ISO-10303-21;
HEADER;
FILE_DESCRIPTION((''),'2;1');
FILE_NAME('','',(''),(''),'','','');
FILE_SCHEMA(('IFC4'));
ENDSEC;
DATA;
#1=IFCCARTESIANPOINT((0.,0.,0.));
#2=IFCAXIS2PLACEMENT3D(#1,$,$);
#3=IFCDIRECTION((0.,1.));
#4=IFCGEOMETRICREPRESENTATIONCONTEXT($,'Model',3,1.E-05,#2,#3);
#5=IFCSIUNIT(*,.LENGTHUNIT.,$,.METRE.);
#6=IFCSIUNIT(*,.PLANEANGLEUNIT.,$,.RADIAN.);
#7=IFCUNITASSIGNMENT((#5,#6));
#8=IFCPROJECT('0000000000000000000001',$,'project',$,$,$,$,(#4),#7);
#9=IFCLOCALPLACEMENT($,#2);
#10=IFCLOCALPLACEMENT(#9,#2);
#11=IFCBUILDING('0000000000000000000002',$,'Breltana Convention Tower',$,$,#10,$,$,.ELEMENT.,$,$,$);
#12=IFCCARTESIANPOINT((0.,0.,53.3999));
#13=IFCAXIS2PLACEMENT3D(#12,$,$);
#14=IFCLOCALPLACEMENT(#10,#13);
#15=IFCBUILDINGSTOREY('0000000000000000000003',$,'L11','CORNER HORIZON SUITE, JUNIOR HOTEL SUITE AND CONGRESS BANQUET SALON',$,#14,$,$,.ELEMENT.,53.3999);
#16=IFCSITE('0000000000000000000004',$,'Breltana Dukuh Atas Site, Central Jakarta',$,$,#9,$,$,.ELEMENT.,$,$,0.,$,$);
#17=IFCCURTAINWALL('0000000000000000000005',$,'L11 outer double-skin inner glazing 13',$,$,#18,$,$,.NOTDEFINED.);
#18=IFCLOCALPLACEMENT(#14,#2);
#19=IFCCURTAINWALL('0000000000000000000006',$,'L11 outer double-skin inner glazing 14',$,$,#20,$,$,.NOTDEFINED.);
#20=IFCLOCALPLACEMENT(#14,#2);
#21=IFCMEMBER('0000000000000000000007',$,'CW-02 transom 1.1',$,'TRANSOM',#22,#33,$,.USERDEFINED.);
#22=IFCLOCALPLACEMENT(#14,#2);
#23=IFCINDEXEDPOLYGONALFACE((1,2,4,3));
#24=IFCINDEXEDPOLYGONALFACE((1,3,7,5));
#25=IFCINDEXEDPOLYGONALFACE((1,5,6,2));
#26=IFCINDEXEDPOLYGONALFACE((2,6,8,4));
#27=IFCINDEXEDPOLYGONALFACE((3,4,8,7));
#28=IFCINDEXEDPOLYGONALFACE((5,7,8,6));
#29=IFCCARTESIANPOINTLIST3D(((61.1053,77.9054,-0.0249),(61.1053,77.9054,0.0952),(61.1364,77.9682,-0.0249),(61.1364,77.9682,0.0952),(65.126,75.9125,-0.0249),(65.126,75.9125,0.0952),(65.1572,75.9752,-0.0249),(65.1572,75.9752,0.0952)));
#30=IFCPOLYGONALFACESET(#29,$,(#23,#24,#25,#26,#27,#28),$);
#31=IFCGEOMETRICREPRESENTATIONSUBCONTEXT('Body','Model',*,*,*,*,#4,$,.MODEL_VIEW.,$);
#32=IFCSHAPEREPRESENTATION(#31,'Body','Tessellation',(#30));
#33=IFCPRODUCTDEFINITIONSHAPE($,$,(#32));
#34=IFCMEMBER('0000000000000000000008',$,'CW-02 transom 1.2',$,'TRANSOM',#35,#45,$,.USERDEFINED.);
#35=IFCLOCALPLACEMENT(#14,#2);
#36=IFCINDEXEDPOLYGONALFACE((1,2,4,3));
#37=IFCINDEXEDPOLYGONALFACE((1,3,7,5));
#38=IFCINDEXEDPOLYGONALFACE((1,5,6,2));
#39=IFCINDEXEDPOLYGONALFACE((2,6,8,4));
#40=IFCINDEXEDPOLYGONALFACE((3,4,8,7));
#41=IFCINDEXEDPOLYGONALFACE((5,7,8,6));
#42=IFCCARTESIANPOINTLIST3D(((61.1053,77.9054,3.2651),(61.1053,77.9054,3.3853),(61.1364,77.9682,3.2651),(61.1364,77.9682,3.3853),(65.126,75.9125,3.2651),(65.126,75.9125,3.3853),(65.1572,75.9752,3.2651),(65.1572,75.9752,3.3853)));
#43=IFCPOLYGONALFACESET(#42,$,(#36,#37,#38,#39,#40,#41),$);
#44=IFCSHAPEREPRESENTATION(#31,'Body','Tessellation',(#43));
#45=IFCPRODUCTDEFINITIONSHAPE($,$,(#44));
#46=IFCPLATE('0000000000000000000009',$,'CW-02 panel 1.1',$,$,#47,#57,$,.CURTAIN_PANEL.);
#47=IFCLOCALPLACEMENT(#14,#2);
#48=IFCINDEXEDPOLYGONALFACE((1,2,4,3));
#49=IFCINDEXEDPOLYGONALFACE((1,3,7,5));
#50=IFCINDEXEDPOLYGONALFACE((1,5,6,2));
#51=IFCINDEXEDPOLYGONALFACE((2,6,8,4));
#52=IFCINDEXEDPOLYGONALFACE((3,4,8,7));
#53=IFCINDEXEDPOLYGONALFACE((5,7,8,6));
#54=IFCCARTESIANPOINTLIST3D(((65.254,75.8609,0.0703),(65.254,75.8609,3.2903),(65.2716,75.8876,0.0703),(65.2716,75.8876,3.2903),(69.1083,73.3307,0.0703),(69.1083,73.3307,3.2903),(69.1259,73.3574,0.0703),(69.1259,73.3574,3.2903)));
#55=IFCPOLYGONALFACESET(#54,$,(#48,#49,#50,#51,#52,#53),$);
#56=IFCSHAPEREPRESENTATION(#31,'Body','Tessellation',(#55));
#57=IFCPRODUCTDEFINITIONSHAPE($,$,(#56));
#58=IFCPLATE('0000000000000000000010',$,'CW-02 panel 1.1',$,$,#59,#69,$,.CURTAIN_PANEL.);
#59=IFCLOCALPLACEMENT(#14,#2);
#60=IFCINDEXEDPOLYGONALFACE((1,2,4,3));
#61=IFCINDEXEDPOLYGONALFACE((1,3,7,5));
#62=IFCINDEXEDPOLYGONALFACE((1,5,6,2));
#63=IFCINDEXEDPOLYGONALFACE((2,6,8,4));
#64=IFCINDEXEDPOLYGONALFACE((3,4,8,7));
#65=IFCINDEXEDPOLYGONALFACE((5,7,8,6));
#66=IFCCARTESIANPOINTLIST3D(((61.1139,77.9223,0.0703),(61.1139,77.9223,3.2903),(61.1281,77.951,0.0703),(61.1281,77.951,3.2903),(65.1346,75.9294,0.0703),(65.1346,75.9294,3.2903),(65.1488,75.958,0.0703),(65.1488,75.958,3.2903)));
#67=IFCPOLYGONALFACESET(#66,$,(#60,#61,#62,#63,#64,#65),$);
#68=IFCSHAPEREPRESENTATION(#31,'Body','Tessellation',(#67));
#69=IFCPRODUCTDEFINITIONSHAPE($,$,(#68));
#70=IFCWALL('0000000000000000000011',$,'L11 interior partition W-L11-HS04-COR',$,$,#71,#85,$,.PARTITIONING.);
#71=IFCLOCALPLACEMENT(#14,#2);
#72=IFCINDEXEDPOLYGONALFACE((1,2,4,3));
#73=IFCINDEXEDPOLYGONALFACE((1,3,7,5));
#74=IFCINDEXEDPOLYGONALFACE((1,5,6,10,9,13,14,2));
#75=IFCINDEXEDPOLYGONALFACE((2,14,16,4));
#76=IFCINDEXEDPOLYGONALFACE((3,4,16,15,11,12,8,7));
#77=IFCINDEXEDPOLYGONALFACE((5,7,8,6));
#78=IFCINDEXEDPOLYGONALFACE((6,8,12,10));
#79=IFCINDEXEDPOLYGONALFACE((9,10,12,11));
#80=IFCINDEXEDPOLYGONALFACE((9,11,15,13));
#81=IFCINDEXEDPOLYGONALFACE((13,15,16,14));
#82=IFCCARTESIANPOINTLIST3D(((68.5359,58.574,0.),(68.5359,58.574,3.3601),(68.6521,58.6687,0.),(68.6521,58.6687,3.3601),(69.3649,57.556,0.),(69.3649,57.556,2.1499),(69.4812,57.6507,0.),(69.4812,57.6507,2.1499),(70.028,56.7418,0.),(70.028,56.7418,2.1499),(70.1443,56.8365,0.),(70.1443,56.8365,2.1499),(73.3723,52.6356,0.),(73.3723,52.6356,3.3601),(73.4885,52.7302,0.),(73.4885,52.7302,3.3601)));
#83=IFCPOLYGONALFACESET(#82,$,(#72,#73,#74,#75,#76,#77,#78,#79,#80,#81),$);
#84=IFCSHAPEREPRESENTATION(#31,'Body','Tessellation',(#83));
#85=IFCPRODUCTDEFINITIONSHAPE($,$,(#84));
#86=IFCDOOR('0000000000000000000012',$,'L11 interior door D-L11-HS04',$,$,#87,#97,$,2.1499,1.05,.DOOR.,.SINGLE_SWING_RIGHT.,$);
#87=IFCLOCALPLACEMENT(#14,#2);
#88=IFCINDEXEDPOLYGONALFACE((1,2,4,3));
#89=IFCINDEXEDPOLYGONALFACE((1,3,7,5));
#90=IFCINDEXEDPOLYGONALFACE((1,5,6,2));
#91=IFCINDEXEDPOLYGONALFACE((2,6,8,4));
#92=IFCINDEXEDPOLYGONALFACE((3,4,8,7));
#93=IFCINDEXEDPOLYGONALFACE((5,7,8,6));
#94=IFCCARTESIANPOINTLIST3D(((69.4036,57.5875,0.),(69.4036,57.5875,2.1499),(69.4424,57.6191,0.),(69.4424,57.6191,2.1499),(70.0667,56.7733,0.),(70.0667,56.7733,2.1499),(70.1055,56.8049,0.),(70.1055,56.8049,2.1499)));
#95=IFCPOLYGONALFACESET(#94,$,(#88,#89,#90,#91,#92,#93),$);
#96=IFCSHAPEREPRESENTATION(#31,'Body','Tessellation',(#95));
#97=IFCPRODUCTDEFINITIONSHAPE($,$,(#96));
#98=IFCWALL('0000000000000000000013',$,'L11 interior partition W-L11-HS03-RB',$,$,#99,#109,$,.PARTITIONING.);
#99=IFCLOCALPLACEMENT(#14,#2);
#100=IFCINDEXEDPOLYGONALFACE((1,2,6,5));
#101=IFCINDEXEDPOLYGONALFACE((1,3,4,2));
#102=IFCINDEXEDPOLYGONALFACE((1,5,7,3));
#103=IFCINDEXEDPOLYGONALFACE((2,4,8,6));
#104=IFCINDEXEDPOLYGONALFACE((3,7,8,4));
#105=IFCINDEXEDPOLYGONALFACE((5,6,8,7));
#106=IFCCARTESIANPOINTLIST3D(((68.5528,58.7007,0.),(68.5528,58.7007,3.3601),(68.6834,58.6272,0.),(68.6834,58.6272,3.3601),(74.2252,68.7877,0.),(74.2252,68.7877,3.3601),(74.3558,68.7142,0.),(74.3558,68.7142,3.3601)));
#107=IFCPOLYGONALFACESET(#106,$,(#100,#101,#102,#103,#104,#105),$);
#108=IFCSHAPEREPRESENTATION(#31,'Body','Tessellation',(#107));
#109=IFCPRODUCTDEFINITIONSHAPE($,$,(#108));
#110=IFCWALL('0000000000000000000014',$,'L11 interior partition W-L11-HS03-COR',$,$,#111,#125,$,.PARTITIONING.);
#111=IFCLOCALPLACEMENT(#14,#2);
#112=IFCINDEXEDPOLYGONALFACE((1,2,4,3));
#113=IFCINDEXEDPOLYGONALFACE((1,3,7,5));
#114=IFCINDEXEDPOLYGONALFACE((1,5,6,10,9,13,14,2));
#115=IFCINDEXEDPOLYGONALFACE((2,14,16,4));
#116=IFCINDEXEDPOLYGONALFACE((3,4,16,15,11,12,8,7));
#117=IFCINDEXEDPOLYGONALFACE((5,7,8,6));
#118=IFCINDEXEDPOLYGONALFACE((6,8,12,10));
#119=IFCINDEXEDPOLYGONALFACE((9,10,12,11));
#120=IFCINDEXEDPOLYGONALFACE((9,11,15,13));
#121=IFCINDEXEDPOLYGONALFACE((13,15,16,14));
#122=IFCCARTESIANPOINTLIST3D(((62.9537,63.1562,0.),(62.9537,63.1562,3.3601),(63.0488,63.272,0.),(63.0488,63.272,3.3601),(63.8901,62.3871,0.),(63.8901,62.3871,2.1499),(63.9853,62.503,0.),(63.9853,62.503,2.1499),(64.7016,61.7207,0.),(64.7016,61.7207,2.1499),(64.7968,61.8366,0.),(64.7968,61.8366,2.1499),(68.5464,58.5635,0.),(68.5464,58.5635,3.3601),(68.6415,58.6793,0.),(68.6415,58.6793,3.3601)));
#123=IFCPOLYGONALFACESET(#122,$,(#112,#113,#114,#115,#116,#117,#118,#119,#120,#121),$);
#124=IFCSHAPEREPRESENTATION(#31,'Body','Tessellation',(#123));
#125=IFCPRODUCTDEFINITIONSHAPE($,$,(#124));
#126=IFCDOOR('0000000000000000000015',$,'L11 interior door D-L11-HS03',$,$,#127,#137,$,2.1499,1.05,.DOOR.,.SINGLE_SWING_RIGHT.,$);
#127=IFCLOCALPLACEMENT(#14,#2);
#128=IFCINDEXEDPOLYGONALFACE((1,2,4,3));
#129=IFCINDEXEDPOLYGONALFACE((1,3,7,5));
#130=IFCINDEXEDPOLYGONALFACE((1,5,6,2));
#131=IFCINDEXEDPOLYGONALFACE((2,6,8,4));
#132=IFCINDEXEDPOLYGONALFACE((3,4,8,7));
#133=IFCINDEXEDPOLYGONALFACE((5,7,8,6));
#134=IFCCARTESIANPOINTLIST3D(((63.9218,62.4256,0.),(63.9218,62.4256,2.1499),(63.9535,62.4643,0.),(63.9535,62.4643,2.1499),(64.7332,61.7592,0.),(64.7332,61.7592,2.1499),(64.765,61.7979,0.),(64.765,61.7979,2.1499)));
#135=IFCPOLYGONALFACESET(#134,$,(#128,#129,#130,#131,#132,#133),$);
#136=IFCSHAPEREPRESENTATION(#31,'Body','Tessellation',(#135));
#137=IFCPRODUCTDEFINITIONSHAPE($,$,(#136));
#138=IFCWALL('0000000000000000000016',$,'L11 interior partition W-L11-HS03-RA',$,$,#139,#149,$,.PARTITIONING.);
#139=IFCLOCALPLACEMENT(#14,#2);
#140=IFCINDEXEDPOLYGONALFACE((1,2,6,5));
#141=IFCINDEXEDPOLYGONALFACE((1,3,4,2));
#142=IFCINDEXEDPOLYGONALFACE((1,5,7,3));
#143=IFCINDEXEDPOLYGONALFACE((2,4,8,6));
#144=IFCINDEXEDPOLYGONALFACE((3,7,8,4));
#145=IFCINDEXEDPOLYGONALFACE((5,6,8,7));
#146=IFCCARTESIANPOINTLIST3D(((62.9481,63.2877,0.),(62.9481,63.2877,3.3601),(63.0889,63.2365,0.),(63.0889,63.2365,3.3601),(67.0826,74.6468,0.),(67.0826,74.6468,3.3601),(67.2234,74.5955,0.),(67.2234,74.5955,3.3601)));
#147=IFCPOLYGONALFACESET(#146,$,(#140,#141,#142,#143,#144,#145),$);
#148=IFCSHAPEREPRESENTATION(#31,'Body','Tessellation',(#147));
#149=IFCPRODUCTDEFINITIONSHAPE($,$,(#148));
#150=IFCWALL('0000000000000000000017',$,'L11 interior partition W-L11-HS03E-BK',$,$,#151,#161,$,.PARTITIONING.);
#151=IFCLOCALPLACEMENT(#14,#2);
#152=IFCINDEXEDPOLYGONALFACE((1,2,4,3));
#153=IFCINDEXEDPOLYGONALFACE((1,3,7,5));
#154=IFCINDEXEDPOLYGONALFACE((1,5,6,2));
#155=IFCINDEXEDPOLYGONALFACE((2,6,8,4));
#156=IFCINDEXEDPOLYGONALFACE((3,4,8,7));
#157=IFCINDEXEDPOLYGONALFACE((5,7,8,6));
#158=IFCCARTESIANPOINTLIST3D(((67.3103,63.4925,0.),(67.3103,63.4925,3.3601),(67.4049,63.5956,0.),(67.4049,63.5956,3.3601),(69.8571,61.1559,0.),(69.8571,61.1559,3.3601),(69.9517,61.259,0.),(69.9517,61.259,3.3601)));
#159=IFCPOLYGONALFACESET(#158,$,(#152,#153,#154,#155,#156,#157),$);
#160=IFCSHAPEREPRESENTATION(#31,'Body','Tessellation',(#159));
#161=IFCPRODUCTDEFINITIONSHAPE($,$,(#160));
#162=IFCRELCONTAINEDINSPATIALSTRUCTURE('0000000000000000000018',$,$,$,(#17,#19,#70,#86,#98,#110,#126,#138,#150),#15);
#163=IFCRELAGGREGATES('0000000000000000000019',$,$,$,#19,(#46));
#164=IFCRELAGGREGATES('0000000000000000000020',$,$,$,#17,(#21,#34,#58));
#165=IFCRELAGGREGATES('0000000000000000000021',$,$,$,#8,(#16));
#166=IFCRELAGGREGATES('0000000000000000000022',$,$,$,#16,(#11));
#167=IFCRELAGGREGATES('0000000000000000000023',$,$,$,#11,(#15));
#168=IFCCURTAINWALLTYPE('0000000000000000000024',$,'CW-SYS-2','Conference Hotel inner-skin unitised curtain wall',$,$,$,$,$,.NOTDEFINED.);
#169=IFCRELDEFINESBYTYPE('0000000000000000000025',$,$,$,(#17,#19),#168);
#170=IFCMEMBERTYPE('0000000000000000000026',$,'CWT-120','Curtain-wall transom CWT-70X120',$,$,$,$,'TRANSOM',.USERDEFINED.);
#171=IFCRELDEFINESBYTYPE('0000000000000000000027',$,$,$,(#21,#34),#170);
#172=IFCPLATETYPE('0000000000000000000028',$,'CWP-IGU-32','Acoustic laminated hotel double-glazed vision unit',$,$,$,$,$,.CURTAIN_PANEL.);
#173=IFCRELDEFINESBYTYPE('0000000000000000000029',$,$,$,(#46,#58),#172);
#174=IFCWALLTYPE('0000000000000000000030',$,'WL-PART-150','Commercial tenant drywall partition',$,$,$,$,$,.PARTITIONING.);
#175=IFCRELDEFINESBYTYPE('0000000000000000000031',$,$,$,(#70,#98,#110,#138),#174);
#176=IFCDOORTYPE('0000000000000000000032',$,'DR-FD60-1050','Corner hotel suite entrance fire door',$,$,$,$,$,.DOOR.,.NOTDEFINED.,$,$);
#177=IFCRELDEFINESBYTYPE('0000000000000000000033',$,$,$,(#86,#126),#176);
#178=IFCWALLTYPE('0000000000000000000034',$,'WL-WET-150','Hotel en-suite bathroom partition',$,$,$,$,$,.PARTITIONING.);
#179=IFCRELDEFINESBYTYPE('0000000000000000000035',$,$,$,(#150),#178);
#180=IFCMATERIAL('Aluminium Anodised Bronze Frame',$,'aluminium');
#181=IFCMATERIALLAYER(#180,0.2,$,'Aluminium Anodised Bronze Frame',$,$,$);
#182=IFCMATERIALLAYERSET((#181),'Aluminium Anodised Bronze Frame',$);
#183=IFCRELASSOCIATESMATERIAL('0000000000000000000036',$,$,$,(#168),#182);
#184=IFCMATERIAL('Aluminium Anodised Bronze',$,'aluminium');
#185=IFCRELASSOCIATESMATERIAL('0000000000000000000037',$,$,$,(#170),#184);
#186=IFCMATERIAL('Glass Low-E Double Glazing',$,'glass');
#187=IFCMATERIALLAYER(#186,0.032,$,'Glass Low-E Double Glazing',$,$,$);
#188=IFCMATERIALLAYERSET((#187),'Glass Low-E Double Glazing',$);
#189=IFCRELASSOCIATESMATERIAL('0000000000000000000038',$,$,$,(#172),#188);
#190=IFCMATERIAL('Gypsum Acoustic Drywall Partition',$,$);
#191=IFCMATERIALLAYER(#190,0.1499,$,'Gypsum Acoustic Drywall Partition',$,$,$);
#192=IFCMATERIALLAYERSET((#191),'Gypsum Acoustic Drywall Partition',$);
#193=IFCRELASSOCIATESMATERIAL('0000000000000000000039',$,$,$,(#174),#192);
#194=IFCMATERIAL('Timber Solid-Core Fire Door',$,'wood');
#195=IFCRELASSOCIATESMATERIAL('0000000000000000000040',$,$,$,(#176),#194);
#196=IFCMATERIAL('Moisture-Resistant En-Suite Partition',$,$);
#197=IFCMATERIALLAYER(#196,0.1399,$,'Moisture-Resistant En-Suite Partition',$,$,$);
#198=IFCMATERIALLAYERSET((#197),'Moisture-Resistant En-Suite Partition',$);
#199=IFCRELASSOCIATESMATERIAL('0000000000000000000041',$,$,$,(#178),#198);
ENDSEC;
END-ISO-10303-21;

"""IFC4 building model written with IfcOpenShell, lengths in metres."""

from ifc_helpers import new_model, si_unit, direction, frame, frame_2d, origin, origin_2d, place, context, subcontext, project, spatial, rectangle, extrude, source, transform, mapped, material, layer, layer_set, material_profile, profile_set, type_object, type_shapes, element, fill, aggregate, save


model = new_model("IFC4")

# Units and contexts
model_context = context("Model", 3, precision=1e-05, world=origin(), true_north=direction((0.0, 1.0)))
body_context = subcontext(model_context, "Body", "Model", "MODEL_VIEW")
ifc_project = project(units=[si_unit("LENGTHUNIT", "METRE"), si_unit("PLANEANGLEUNIT", "RADIAN")], contexts=[model_context])

# Site, building, storey
site_placement = place(None, origin())
site = spatial("IfcSite", under=ifc_project, at=site_placement, Name="Breltana Dukuh Atas Site, Central Jakarta", CompositionType="ELEMENT", RefElevation=0.0)
building_placement = place(site_placement, origin())
building = spatial("IfcBuilding", under=site, at=building_placement, Name="Breltana Convention Tower", CompositionType="ELEMENT")
storey_placement = place(building_placement, frame((0.0, 0.0, 53.3999)))
storey = spatial("IfcBuildingStorey", under=building, at=storey_placement, Name="L11", Description="CORNER HORIZON SUITE, JUNIOR HOTEL SUITE AND CONGRESS BANQUET SALON", CompositionType="ELEMENT", Elevation=53.3999)

# Curtain wall
ifc_material_1 = material(Name="Aluminium Anodised Bronze Frame", Category="aluminium")
ifc_layer_1 = layer(ifc_material_1, 0.2, Name="Aluminium Anodised Bronze Frame")
ifc_layer_set_1 = layer_set([ifc_layer_1], Name="Aluminium Anodised Bronze Frame")
curtain_wall_type = type_object("IfcCurtainWallType", Name="CW-SYS-2", Description="Conference Hotel inner-skin unitised curtain wall", PredefinedType="NOTDEFINED", material=ifc_layer_set_1)
curtain_wall_1_placement = place(storey_placement, origin())
curtain_wall_1 = element("IfcCurtainWall", 1, at=curtain_wall_1_placement, inside=storey, type_object=curtain_wall_type, Name="L11 outer double-skin inner glazing 13", PredefinedType="NOTDEFINED")
ifc_material_2 = material(Name="Aluminium Anodised Bronze", Category="aluminium")

# Curtain wall
curtain_wall_2_placement = place(storey_placement, origin())
curtain_wall_2 = element("IfcCurtainWall", 2, at=curtain_wall_2_placement, inside=storey, type_object=curtain_wall_type, Name="L11 outer double-skin inner glazing 14", PredefinedType="NOTDEFINED")
ifc_material_profile_1 = material_profile(ifc_material_2, rectangle(XDim=0.0701, YDim=0.1201, at=origin_2d()), Name="CWT-70X120")
ifc_profile_set_1 = profile_set([ifc_material_profile_1], Name="Aluminium Anodised Bronze")
member_type_1 = type_object("IfcMemberType", Name="CWT-120", Description="Curtain-wall transom CWT-70X120", ElementType="TRANSOM", PredefinedType="USERDEFINED", material=ifc_profile_set_1)

# Members
shared_shape_1 = source(origin(), body_context, "Body", "SweptSolid", [
    extrude(rectangle(XDim=0.0701, YDim=0.1201, at=origin_2d()), origin(), (0.0, 0.0, 1.0), 4.4875),
])
member_1_placement = place(storey_placement, frame((61.1208, 77.9368, 0.0352), z_axis=(0.895978, -0.444099, 0.0), x_axis=(0.444099, 0.895978, 0.0)))
member_1 = element("IfcMember", 3, at=member_1_placement, type_object=member_type_1, Name="CW-02 transom 1.1", ObjectType="TRANSOM", PredefinedType="USERDEFINED", context=body_context, shape_type="MappedRepresentation", body=[
    mapped(shared_shape_1, transform((0.0, 0.0, 0.0), scale=1.0)),
])
member_2_placement = place(storey_placement, frame((61.1208, 77.9368, 3.3252), z_axis=(0.895978, -0.444099, 0.0), x_axis=(0.444099, 0.895978, 0.0)))
member_2 = element("IfcMember", 4, at=member_2_placement, type_object=member_type_1, Name="CW-02 transom 1.2", ObjectType="TRANSOM", PredefinedType="USERDEFINED", context=body_context, shape_type="MappedRepresentation", body=[
    mapped(shared_shape_1, transform((0.0, 0.0, 0.0), scale=1.0)),
])

# Plates
ifc_material_3 = material(Name="Glass Low-E Double Glazing", Category="glass")
ifc_layer_2 = layer(ifc_material_3, 0.032, Name="Glass Low-E Double Glazing")
ifc_layer_set_2 = layer_set([ifc_layer_2], Name="Glass Low-E Double Glazing")
plate_type = type_object("IfcPlateType", Name="CWP-IGU-32", Description="Acoustic laminated hotel double-glazed vision unit", PredefinedType="CURTAIN_PANEL", material=ifc_layer_set_2)
shared_shape_2 = source(origin(), body_context, "Body", "SweptSolid", [
    extrude(rectangle(XDim=4.6106, YDim=0.032, at=origin_2d()), origin(), (0.0, 0.0, 1.0), 3.22),
])
plate_1_placement = place(storey_placement, frame((67.1899, 74.6091, 0.0703), z_axis=(0.0, 0.0, 1.0), x_axis=(0.835964, -0.548784, 0.0)))
plate_1 = element("IfcPlate", 5, at=plate_1_placement, type_object=plate_type, Name="CW-02 panel 1.1", PredefinedType="CURTAIN_PANEL", context=body_context, shape_type="MappedRepresentation", body=[
    mapped(shared_shape_2, transform((0.0, 0.0, 0.0), scale=1.0)),
])
aggregate(curtain_wall_2, [plate_1])
shared_shape_3 = source(origin(), body_context, "Body", "SweptSolid", [
    extrude(rectangle(XDim=4.4875, YDim=0.032, at=origin_2d()), origin(), (0.0, 0.0, 1.0), 3.22),
])
plate_2_placement = place(storey_placement, frame((63.1313, 76.9402, 0.0703), z_axis=(0.0, 0.0, 1.0), x_axis=(0.895973, -0.444108, 0.0)))
plate_2 = element("IfcPlate", 6, at=plate_2_placement, type_object=plate_type, Name="CW-02 panel 1.1", PredefinedType="CURTAIN_PANEL", context=body_context, shape_type="MappedRepresentation", body=[
    mapped(shared_shape_3, transform((0.0, 0.0, 0.0), scale=1.0)),
])
aggregate(curtain_wall_1, [member_1, member_2, plate_2])

# Wall, opening, door
ifc_material_4 = material(Name="Gypsum Acoustic Drywall Partition")
ifc_layer_3 = layer(ifc_material_4, 0.1499, Name="Gypsum Acoustic Drywall Partition")
ifc_layer_set_3 = layer_set([ifc_layer_3], Name="Gypsum Acoustic Drywall Partition")
wall_type_1 = type_object("IfcWallType", Name="WL-PART-150", Description="Commercial tenant drywall partition", PredefinedType="PARTITIONING", material=ifc_layer_set_3)
shared_shape_4 = source(origin(), body_context, "Body", "SweptSolid", [
    extrude(rectangle(XDim=7.6587, YDim=0.1499, at=frame_2d((3.8293, 0.0))), origin(), (0.0, 0.0, 1.0), 3.3601),
])
wall_1_placement = place(storey_placement, frame((68.594, 58.6213, 0.0), z_axis=(0.0, 0.0, 1.0), x_axis=(0.63149, -0.775384, 0.0)))
wall_1 = element("IfcWall", 7, at=wall_1_placement, inside=storey, type_object=wall_type_1, Name="L11 interior partition W-L11-HS04-COR", PredefinedType="PARTITIONING", context=body_context, shape_type="MappedRepresentation", body=[
    mapped(shared_shape_4, transform((0.0, 0.0, 0.0), scale=1.0)),
])
opening_1_placement = place(wall_1_placement, frame((1.313, 0.0, 0.0)))
opening_1 = element("IfcOpeningElement", 8, at=opening_1_placement, cuts=wall_1, PredefinedType="OPENING", context=body_context, shape_type="SweptSolid", body=[
    extrude(rectangle(XDim=1.05, YDim=2.1499, at=frame_2d((0.5249, 1.075))), frame((0.0, 0.085, 0.0), z_axis=(0.0, -1.0, 0.0), x_axis=(1.0, 0.0, 0.0)), (0.0, 0.0, 1.0), 0.1699),
])
ifc_material_5 = material(Name="Timber Solid-Core Fire Door", Category="wood")
door_type_1 = type_object("IfcDoorType", Name="DR-FD60-1050", Description="Corner hotel suite entrance fire door", OperationType="NOTDEFINED", PredefinedType="DOOR", material=ifc_material_5)
shared_shape_5 = source(origin(), body_context, "Body", "SweptSolid", [
    extrude(rectangle(XDim=1.05, YDim=2.1499, at=frame_2d((0.5249, 1.075))), frame((0.0, 0.0249, 0.0), z_axis=(0.0, -1.0, 0.0), x_axis=(1.0, 0.0, 0.0)), (0.0, 0.0, 1.0), 0.05),
])
type_shapes(door_type_1, [shared_shape_5])
door_1_placement = place(opening_1_placement, origin())
door_1 = element("IfcDoor", 9, at=door_1_placement, inside=storey, type_object=door_type_1, Name="L11 interior door D-L11-HS04", OperationType="SINGLE_SWING_RIGHT", OverallHeight=2.1499, OverallWidth=1.05, PredefinedType="DOOR", context=body_context, shape_type="MappedRepresentation", body=[
    mapped(shared_shape_5, transform((0.0, 0.0, 0.0), scale=1.0)),
])
fill(opening_1, door_1)

# Wall
shared_shape_6 = source(origin(), body_context, "Body", "SweptSolid", [
    extrude(rectangle(XDim=11.5725, YDim=0.1499, at=frame_2d((5.7861, 0.0))), origin(), (0.0, 0.0, 1.0), 3.3601),
])
wall_2_placement = place(storey_placement, frame((68.6182, 58.6641, 0.0), z_axis=(0.0, 0.0, 1.0), x_axis=(0.490161, 0.871632, 0.0)))
element("IfcWall", 10, at=wall_2_placement, inside=storey, type_object=wall_type_1, Name="L11 interior partition W-L11-HS03-RB", PredefinedType="PARTITIONING", context=body_context, shape_type="MappedRepresentation", body=[
    mapped(shared_shape_6, transform((0.0, 0.0, 0.0), scale=1.0)),
])

# Wall, opening, door
shared_shape_7 = source(origin(), body_context, "Body", "SweptSolid", [
    extrude(rectangle(XDim=7.2368, YDim=0.1499, at=frame_2d((3.6184, 0.0))), origin(), (0.0, 0.0, 1.0), 3.3601),
])
wall_3_placement = place(storey_placement, frame((63.0012, 63.2141, 0.0), z_axis=(0.0, 0.0, 1.0), x_axis=(0.772814, -0.634633, 0.0)))
wall_3 = element("IfcWall", 11, at=wall_3_placement, inside=storey, type_object=wall_type_1, Name="L11 interior partition W-L11-HS03-COR", PredefinedType="PARTITIONING", context=body_context, shape_type="MappedRepresentation", body=[
    mapped(shared_shape_7, transform((0.0, 0.0, 0.0), scale=1.0)),
])
opening_2_placement = place(wall_3_placement, frame((1.2119, 0.0, 0.0)))
opening_2 = element("IfcOpeningElement", 12, at=opening_2_placement, cuts=wall_3, PredefinedType="OPENING", context=body_context, shape_type="SweptSolid", body=[
    extrude(rectangle(XDim=1.05, YDim=2.1499, at=frame_2d((0.5249, 1.075))), frame((0.0, 0.085, 0.0), z_axis=(0.0, -1.0, 0.0), x_axis=(1.0, 0.0, 0.0)), (0.0, 0.0, 1.0), 0.1699),
])
door_2_placement = place(opening_2_placement, origin())
door_2 = element("IfcDoor", 13, at=door_2_placement, inside=storey, type_object=door_type_1, Name="L11 interior door D-L11-HS03", OperationType="SINGLE_SWING_RIGHT", OverallHeight=2.1499, OverallWidth=1.05, PredefinedType="DOOR", context=body_context, shape_type="MappedRepresentation", body=[
    mapped(shared_shape_5, transform((0.0, 0.0, 0.0), scale=1.0)),
])
fill(opening_2, door_2)

# Walls
shared_shape_8 = source(origin(), body_context, "Body", "SweptSolid", [
    extrude(rectangle(XDim=12.0881, YDim=0.1499, at=frame_2d((6.0439, 0.0))), origin(), (0.0, 0.0, 1.0), 3.3601),
])
wall_4_placement = place(storey_placement, frame((63.0186, 63.2622, 0.0), z_axis=(0.0, 0.0, 1.0), x_axis=(0.34203, 0.939689, 0.0)))
element("IfcWall", 14, at=wall_4_placement, inside=storey, type_object=wall_type_1, Name="L11 interior partition W-L11-HS03-RA", PredefinedType="PARTITIONING", context=body_context, shape_type="MappedRepresentation", body=[
    mapped(shared_shape_8, transform((0.0, 0.0, 0.0), scale=1.0)),
])
ifc_material_6 = material(Name="Moisture-Resistant En-Suite Partition")
ifc_layer_4 = layer(ifc_material_6, 0.1399, Name="Moisture-Resistant En-Suite Partition")
ifc_layer_set_4 = layer_set([ifc_layer_4], Name="Moisture-Resistant En-Suite Partition")
wall_type_2 = type_object("IfcWallType", Name="WL-WET-150", Description="Hotel en-suite bathroom partition", PredefinedType="PARTITIONING", material=ifc_layer_set_4)
shared_shape_9 = source(origin(), body_context, "Body", "SweptSolid", [
    extrude(rectangle(XDim=3.4563, YDim=0.1399, at=frame_2d((1.728, 0.0))), origin(), (0.0, 0.0, 1.0), 3.3601),
])
wall_5_placement = place(storey_placement, frame((67.3577, 63.5439, 0.0), z_axis=(0.0, 0.0, 1.0), x_axis=(0.736861, -0.676044, 0.0)))
element("IfcWall", 15, at=wall_5_placement, inside=storey, type_object=wall_type_2, Name="L11 interior partition W-L11-HS03E-BK", PredefinedType="PARTITIONING", context=body_context, shape_type="MappedRepresentation", body=[
    mapped(shared_shape_9, transform((0.0, 0.0, 0.0), scale=1.0)),
])

save(model, "model.ifc")
